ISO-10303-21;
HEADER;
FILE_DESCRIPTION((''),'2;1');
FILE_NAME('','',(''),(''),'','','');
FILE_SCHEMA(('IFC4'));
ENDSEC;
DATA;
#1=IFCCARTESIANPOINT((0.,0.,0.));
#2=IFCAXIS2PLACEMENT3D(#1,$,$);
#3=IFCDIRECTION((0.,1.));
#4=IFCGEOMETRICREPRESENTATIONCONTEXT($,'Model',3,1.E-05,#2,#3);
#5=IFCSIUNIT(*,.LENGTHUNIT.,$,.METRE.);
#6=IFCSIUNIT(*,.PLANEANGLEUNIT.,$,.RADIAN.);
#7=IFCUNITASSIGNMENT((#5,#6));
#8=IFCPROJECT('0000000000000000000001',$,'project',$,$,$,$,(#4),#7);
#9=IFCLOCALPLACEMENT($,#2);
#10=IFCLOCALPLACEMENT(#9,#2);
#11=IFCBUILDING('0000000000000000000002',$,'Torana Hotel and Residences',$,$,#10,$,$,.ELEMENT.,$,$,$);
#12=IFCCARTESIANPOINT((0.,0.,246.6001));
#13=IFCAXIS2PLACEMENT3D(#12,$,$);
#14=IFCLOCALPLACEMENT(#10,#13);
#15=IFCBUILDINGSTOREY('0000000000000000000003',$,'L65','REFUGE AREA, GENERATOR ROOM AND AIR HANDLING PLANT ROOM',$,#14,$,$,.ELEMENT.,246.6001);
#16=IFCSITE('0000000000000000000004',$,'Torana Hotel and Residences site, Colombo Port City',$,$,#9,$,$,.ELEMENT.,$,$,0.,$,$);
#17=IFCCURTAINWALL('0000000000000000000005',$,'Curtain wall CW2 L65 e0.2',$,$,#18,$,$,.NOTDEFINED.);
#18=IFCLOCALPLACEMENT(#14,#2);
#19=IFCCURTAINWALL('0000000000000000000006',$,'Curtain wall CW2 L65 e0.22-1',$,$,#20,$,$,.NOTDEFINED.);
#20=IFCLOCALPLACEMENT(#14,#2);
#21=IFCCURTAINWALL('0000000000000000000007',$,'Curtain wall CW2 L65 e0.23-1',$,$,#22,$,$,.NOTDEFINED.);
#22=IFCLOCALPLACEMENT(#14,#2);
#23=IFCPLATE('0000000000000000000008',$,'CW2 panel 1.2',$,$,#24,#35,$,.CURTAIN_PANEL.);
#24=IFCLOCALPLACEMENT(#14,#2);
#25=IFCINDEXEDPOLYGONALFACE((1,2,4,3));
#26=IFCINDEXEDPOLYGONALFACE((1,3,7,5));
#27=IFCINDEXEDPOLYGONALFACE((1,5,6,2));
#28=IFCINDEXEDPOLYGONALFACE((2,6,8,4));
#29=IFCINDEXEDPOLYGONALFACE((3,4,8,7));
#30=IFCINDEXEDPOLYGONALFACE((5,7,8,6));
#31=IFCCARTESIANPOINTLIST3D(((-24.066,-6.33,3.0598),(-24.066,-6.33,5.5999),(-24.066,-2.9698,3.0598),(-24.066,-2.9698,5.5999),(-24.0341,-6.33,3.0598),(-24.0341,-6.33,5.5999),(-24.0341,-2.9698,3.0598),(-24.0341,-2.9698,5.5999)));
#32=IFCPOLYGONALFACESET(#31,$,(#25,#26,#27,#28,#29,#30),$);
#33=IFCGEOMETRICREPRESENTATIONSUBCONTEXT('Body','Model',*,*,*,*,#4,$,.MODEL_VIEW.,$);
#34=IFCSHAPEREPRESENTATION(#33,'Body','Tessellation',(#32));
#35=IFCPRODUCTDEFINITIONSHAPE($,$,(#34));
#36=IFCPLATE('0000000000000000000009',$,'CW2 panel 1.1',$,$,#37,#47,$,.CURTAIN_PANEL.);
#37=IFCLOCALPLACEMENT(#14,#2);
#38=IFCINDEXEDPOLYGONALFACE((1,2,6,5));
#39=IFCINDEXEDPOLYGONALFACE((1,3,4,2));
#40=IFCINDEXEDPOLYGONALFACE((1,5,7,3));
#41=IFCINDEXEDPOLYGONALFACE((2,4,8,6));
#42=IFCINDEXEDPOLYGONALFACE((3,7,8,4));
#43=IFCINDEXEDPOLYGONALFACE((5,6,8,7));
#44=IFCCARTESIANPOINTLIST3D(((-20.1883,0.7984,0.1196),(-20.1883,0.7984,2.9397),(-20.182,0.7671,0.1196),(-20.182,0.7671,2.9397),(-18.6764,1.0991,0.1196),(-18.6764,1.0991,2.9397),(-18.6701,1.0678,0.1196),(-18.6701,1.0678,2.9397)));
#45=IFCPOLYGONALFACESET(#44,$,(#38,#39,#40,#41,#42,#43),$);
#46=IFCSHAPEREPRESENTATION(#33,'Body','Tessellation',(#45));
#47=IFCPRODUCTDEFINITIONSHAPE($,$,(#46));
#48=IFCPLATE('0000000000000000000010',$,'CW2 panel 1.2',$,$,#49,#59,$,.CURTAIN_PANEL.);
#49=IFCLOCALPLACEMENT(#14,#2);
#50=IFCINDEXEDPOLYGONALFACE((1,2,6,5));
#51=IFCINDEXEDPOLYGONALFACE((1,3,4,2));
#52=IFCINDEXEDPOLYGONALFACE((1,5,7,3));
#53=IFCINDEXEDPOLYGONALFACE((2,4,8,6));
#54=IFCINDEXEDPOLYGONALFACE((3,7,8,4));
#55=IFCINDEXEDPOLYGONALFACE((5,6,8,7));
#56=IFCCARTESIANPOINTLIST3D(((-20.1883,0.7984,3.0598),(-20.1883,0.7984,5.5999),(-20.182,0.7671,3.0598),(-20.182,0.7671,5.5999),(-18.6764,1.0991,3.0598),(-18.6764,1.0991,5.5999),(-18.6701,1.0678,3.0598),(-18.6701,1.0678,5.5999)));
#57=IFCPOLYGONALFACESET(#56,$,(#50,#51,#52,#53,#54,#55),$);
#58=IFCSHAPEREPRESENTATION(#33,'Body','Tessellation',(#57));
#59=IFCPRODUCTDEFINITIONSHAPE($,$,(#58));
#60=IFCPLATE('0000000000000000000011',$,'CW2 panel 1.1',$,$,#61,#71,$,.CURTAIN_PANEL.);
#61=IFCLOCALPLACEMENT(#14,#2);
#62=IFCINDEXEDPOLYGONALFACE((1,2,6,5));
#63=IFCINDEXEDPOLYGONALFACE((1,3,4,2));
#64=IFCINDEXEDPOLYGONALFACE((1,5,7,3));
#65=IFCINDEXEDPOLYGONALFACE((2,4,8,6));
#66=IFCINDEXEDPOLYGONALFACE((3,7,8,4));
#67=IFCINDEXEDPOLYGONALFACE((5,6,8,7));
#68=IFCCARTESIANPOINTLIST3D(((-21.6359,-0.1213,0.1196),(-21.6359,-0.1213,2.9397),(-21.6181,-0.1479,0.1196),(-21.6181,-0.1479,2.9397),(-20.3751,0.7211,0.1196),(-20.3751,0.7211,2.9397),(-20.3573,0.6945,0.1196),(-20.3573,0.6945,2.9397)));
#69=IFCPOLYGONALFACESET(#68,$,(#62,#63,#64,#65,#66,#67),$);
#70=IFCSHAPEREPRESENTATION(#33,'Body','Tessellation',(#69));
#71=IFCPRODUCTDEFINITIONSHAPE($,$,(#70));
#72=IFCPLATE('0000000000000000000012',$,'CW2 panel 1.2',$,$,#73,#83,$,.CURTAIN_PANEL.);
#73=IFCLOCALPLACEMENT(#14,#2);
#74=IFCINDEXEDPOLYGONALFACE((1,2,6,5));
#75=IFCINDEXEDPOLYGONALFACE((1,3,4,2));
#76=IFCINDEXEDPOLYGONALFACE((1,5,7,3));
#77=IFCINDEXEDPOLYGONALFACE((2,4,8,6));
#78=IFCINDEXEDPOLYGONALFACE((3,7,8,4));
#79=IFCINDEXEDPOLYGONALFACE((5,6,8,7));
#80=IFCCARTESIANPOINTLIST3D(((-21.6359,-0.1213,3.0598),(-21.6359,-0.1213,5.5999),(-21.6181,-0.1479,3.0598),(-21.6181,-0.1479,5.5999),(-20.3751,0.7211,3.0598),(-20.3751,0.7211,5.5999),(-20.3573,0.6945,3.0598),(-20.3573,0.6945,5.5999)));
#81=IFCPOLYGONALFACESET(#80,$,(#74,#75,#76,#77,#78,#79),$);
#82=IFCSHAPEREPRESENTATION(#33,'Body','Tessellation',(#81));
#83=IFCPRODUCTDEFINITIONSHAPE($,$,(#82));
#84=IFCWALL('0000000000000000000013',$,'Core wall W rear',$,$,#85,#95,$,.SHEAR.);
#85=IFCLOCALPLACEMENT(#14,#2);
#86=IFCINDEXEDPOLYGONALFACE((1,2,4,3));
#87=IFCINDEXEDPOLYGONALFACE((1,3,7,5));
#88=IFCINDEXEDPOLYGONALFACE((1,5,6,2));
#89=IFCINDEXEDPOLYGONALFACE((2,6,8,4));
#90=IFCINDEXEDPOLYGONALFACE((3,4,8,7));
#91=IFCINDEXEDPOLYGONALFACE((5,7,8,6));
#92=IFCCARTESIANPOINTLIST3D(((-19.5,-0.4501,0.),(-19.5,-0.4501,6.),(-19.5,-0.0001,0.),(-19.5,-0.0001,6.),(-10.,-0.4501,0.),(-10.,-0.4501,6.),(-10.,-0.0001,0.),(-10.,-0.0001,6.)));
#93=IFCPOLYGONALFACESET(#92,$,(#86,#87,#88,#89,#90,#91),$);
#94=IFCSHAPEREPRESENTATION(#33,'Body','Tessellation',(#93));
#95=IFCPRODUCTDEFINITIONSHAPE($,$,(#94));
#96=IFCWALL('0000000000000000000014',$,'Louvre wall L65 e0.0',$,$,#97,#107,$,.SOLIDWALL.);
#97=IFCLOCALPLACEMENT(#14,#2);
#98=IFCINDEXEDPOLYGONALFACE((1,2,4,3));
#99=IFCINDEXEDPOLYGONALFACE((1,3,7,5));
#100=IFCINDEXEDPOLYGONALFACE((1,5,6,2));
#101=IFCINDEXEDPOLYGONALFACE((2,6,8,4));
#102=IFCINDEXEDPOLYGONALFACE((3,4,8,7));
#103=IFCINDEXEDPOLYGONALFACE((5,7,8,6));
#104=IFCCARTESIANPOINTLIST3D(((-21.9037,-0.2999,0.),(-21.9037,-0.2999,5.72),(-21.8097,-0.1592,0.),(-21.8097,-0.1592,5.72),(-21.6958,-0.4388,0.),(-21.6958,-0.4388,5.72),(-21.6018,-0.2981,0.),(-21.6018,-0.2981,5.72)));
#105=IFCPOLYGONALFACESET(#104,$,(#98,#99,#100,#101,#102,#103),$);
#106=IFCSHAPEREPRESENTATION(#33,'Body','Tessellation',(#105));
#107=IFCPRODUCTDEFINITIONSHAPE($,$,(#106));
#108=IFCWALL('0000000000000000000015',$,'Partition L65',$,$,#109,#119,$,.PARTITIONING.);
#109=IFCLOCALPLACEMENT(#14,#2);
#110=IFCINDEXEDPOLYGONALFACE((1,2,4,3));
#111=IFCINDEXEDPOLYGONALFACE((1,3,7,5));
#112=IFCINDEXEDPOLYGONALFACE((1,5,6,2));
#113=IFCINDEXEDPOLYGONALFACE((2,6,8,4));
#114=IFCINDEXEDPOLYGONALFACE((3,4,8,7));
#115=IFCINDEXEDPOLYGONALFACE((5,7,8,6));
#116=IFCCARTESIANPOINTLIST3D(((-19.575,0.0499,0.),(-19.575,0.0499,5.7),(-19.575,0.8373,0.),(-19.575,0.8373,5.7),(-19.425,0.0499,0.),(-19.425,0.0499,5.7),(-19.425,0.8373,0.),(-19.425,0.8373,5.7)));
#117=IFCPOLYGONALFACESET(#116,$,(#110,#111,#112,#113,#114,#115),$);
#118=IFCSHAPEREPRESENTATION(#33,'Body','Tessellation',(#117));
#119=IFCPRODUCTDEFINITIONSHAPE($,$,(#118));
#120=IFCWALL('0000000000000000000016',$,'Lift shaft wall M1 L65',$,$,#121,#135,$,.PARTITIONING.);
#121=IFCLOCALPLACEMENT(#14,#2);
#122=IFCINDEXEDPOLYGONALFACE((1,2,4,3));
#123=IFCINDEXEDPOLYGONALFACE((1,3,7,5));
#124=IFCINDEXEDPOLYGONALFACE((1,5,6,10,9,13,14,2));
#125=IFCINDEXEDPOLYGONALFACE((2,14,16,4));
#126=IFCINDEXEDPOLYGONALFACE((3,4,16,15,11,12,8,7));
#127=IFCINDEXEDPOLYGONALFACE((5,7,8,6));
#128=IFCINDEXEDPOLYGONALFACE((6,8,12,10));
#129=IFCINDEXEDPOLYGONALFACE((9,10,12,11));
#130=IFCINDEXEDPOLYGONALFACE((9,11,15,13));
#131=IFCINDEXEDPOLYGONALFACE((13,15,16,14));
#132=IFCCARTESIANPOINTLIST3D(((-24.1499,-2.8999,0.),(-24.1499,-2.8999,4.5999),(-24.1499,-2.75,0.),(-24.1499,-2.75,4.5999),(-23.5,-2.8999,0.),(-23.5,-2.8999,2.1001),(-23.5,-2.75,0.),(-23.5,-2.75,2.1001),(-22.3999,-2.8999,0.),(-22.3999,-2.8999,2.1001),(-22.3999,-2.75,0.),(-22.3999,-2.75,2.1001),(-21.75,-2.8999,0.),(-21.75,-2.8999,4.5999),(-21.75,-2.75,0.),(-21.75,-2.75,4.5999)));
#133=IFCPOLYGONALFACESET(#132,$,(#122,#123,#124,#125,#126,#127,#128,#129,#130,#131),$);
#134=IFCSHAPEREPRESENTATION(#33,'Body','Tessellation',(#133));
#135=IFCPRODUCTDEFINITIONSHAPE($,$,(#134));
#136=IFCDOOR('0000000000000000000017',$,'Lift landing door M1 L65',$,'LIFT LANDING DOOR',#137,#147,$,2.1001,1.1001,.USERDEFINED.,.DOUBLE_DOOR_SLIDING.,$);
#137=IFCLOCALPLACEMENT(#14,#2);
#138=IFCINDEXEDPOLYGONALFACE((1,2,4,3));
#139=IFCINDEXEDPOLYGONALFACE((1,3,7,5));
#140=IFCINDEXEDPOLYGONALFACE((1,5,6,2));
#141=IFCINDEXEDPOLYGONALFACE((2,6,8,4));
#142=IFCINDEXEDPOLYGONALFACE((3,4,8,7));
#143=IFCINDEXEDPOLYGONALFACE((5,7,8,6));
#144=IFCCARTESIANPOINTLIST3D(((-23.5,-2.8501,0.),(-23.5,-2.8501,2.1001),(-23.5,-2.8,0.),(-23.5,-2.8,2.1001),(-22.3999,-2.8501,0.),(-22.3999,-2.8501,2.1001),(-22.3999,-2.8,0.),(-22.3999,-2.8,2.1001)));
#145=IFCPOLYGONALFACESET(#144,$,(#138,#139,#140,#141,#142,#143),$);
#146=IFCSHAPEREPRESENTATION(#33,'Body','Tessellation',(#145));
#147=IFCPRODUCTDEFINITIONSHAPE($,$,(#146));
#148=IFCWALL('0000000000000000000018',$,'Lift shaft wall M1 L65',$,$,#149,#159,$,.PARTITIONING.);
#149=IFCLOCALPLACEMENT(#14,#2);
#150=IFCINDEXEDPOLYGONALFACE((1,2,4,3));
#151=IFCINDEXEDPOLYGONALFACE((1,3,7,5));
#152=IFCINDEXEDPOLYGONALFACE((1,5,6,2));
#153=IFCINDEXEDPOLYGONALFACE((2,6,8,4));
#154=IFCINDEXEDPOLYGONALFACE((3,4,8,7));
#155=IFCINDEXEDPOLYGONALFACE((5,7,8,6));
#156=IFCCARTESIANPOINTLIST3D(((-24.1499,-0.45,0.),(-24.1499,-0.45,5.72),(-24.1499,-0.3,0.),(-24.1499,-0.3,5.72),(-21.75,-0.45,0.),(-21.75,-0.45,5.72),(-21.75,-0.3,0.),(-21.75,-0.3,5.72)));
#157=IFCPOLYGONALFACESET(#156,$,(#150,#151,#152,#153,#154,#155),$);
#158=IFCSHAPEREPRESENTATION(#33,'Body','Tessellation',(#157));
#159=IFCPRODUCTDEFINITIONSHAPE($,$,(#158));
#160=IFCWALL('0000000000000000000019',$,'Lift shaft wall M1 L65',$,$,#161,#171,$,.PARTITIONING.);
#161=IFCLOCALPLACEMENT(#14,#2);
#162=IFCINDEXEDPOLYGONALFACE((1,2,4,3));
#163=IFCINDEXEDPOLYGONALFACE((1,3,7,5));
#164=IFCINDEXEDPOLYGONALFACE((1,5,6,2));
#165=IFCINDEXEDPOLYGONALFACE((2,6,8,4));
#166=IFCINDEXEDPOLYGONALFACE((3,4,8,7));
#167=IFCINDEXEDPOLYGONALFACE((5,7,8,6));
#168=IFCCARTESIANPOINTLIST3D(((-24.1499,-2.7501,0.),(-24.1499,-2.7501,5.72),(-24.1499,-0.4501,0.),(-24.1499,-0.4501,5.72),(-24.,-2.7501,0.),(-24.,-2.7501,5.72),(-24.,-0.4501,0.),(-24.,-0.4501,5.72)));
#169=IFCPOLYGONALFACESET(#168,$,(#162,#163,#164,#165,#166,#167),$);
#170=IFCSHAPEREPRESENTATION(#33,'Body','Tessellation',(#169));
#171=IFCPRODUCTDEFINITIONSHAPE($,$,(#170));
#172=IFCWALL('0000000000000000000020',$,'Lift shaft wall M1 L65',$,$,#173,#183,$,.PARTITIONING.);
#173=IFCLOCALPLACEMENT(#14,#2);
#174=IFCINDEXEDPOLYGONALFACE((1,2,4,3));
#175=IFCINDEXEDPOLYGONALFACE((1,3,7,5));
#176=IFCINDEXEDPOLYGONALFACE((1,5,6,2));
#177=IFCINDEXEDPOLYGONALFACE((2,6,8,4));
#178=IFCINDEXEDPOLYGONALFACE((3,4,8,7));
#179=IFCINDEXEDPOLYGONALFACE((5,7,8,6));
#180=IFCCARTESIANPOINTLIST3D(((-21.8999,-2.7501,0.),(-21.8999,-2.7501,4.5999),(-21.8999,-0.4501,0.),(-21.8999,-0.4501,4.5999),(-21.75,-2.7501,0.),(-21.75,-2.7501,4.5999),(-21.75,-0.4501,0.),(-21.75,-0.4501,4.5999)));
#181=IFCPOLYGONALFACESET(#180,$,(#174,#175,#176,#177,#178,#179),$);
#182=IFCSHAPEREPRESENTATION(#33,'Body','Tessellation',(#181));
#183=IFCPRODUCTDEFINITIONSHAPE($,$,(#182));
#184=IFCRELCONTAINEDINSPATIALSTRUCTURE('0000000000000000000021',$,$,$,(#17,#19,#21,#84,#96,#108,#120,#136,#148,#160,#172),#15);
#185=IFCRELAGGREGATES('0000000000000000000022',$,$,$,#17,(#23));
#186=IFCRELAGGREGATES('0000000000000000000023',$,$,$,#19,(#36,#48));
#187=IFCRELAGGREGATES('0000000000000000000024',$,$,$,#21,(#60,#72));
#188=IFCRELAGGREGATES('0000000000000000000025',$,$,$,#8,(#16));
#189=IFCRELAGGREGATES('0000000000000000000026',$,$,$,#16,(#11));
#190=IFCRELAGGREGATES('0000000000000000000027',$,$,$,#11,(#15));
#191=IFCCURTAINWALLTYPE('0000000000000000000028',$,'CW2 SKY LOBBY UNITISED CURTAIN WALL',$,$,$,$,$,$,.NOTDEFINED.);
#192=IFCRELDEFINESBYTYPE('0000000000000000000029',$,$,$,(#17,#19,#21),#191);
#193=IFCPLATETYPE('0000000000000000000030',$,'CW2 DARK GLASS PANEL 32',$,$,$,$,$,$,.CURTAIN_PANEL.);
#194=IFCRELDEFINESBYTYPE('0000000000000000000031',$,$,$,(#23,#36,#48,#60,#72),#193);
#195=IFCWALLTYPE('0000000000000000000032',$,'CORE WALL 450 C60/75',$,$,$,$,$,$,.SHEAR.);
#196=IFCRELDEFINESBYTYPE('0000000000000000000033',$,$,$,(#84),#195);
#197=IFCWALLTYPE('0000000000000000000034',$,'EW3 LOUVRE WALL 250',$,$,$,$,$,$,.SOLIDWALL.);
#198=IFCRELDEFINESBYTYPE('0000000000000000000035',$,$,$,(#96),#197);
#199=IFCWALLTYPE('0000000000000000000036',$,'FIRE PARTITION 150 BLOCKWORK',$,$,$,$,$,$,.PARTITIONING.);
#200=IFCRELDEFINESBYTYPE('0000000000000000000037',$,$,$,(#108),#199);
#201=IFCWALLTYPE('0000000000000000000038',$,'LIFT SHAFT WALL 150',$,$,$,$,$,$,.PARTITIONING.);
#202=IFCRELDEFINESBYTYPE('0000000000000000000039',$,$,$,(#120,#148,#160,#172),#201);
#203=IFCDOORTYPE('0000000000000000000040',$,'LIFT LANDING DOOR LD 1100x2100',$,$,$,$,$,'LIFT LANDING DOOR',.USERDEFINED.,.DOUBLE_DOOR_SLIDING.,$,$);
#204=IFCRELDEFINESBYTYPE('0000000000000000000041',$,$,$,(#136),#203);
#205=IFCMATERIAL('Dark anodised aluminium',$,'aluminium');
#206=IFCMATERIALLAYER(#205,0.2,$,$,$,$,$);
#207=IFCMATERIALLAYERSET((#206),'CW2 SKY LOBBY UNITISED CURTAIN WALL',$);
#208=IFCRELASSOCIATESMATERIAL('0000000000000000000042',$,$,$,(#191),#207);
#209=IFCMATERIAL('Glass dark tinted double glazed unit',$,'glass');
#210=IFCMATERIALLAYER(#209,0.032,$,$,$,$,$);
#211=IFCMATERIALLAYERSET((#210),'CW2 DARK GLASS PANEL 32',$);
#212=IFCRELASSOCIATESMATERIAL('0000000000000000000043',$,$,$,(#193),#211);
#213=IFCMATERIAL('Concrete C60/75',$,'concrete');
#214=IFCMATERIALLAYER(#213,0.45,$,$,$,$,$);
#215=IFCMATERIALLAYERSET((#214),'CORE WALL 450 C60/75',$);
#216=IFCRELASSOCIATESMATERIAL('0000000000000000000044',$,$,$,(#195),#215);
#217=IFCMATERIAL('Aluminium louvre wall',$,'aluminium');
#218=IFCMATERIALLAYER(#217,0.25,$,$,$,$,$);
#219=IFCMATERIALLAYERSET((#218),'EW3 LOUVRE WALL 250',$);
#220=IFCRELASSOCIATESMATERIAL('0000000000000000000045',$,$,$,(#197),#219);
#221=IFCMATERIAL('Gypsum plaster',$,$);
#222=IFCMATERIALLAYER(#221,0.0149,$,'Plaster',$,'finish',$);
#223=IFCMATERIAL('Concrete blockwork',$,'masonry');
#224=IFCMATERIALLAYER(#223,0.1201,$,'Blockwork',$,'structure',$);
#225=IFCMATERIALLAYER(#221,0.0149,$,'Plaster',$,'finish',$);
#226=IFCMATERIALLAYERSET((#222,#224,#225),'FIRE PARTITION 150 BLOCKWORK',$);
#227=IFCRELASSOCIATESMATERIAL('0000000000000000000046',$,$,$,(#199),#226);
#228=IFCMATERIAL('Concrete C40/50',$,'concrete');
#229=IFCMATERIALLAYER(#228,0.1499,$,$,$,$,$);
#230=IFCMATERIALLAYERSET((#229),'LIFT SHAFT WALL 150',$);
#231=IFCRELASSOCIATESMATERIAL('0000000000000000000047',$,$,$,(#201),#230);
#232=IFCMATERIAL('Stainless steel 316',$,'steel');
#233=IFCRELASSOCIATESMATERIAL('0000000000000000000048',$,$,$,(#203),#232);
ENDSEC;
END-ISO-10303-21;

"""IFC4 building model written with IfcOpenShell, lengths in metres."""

from ifc_helpers import new_model, si_unit, direction, frame, frame_2d, origin, origin_2d, place, context, subcontext, project, spatial, rectangle, extrude, material, layer, layer_set, type_object, element, fill, aggregate, save


model = new_model("IFC4")

# Units and contexts
model_context = context("Model", 3, precision=1e-05, world=origin(), true_north=direction((0.0, 1.0)))
body_context = subcontext(model_context, "Body", "Model", "MODEL_VIEW")
ifc_project = project(units=[si_unit("LENGTHUNIT", "METRE"), si_unit("PLANEANGLEUNIT", "RADIAN")], contexts=[model_context])

# Site, building, storey
site_placement = place(None, origin())
site = spatial("IfcSite", under=ifc_project, at=site_placement, Name="Torana Hotel and Residences site, Colombo Port City", CompositionType="ELEMENT", RefElevation=0.0)
building_placement = place(site_placement, origin())
building = spatial("IfcBuilding", under=site, at=building_placement, Name="Torana Hotel and Residences", CompositionType="ELEMENT")
storey_placement = place(building_placement, frame((0.0, 0.0, 246.6001)))
storey = spatial("IfcBuildingStorey", under=building, at=storey_placement, Name="L65", Description="REFUGE AREA, GENERATOR ROOM AND AIR HANDLING PLANT ROOM", CompositionType="ELEMENT", Elevation=246.6001)

# Curtain walls
ifc_material_1 = material(Name="Dark anodised aluminium", Category="aluminium")
ifc_layer_1 = layer(ifc_material_1, 0.2)
ifc_layer_set_1 = layer_set([ifc_layer_1], Name="CW2 SKY LOBBY UNITISED CURTAIN WALL")
curtain_wall_type = type_object("IfcCurtainWallType", Name="CW2 SKY LOBBY UNITISED CURTAIN WALL", PredefinedType="NOTDEFINED", material=ifc_layer_set_1)
curtain_wall_1_placement = place(storey_placement, origin())
curtain_wall_1 = element("IfcCurtainWall", 1, at=curtain_wall_1_placement, inside=storey, type_object=curtain_wall_type, Name="Curtain wall CW2 L65 e0.2", PredefinedType="NOTDEFINED")
curtain_wall_2_placement = place(storey_placement, origin())
curtain_wall_2 = element("IfcCurtainWall", 2, at=curtain_wall_2_placement, inside=storey, type_object=curtain_wall_type, Name="Curtain wall CW2 L65 e0.22-1", PredefinedType="NOTDEFINED")

# Curtain wall
curtain_wall_3_placement = place(storey_placement, origin())
curtain_wall_3 = element("IfcCurtainWall", 3, at=curtain_wall_3_placement, inside=storey, type_object=curtain_wall_type, Name="Curtain wall CW2 L65 e0.23-1", PredefinedType="NOTDEFINED")

# Plates
ifc_material_2 = material(Name="Glass dark tinted double glazed unit", Category="glass")
ifc_layer_2 = layer(ifc_material_2, 0.032)
ifc_layer_set_2 = layer_set([ifc_layer_2], Name="CW2 DARK GLASS PANEL 32")
plate_type = type_object("IfcPlateType", Name="CW2 DARK GLASS PANEL 32", PredefinedType="CURTAIN_PANEL", material=ifc_layer_set_2)
plate_1_placement = place(storey_placement, frame((-24.05, -4.6499, 3.0598), z_axis=(0.0, 0.0, 1.0), x_axis=(0.0, -1.0, 0.0)))
plate_1 = element("IfcPlate", 4, at=plate_1_placement, type_object=plate_type, Name="CW2 panel 1.2", PredefinedType="CURTAIN_PANEL", context=body_context, shape_type="SweptSolid", body=[
    extrude(rectangle(XDim=3.3601, YDim=0.032, at=origin_2d()), origin(), (0.0, 0.0, 1.0), 2.54),
])
aggregate(curtain_wall_1, [plate_1])
plate_2_placement = place(storey_placement, frame((-19.4292, 0.9331, 0.1196), z_axis=(0.0, 0.0, 1.0), x_axis=(-0.980791, -0.195064, 0.0)))
plate_2 = element("IfcPlate", 5, at=plate_2_placement, type_object=plate_type, Name="CW2 panel 1.1", PredefinedType="CURTAIN_PANEL", context=body_context, shape_type="SweptSolid", body=[
    extrude(rectangle(XDim=1.5415, YDim=0.032, at=origin_2d()), origin(), (0.0, 0.0, 1.0), 2.8201),
])
plate_3_placement = place(storey_placement, frame((-19.4292, 0.9331, 3.0598), z_axis=(0.0, 0.0, 1.0), x_axis=(-0.980791, -0.195064, 0.0)))
plate_3 = element("IfcPlate", 6, at=plate_3_placement, type_object=plate_type, Name="CW2 panel 1.2", PredefinedType="CURTAIN_PANEL", context=body_context, shape_type="SweptSolid", body=[
    extrude(rectangle(XDim=1.5415, YDim=0.032, at=origin_2d()), origin(), (0.0, 0.0, 1.0), 2.54),
])
aggregate(curtain_wall_2, [plate_2, plate_3])
plate_4_placement = place(storey_placement, frame((-20.9966, 0.2866, 0.1196), z_axis=(0.0, 0.0, 1.0), x_axis=(-0.831474, -0.555564, 0.0)))
plate_4 = element("IfcPlate", 7, at=plate_4_placement, type_object=plate_type, Name="CW2 panel 1.1", PredefinedType="CURTAIN_PANEL", context=body_context, shape_type="SweptSolid", body=[
    extrude(rectangle(XDim=1.5164, YDim=0.032, at=origin_2d()), origin(), (0.0, 0.0, 1.0), 2.8201),
])
plate_5_placement = place(storey_placement, frame((-20.9966, 0.2866, 3.0598), z_axis=(0.0, 0.0, 1.0), x_axis=(-0.831474, -0.555564, 0.0)))
plate_5 = element("IfcPlate", 8, at=plate_5_placement, type_object=plate_type, Name="CW2 panel 1.2", PredefinedType="CURTAIN_PANEL", context=body_context, shape_type="SweptSolid", body=[
    extrude(rectangle(XDim=1.5164, YDim=0.032, at=origin_2d()), origin(), (0.0, 0.0, 1.0), 2.54),
])
aggregate(curtain_wall_3, [plate_4, plate_5])

# Walls
ifc_material_3 = material(Name="Concrete C60/75", Category="concrete")
ifc_layer_3 = layer(ifc_material_3, 0.45)
ifc_layer_set_3 = layer_set([ifc_layer_3], Name="CORE WALL 450 C60/75")
wall_type_1 = type_object("IfcWallType", Name="CORE WALL 450 C60/75", PredefinedType="SHEAR", material=ifc_layer_set_3)
wall_1_placement = place(storey_placement, frame((-19.5, -0.2251, 0.0), z_axis=(0.0, 0.0, 1.0), x_axis=(1.0, 0.0, 0.0)))
element("IfcWall", 9, at=wall_1_placement, inside=storey, type_object=wall_type_1, Name="Core wall W rear", PredefinedType="SHEAR", context=body_context, shape_type="SweptSolid", body=[
    extrude(rectangle(XDim=9.5, YDim=0.45, at=frame_2d((4.75, 0.0))), origin(), (0.0, 0.0, 1.0), 6.0),
])
ifc_material_4 = material(Name="Aluminium louvre wall", Category="aluminium")
ifc_layer_4 = layer(ifc_material_4, 0.25)
ifc_layer_set_4 = layer_set([ifc_layer_4], Name="EW3 LOUVRE WALL 250")
wall_type_2 = type_object("IfcWallType", Name="EW3 LOUVRE WALL 250", PredefinedType="SOLIDWALL", material=ifc_layer_set_4)
wall_2_placement = place(storey_placement, frame((-21.7058, -0.2288, 0.0), z_axis=(0.0, 0.0, 1.0), x_axis=(-0.555699, -0.831384, 0.0)))
element("IfcWall", 10, at=wall_2_placement, inside=storey, type_object=wall_type_2, Name="Louvre wall L65 e0.0", PredefinedType="SOLIDWALL", context=body_context, shape_type="SweptSolid", body=[
    extrude(rectangle(XDim=0.1692, YDim=0.25, at=frame_2d((0.0845, 0.0))), origin(), (0.0, 0.0, 1.0), 5.72),
])
ifc_material_5 = material(Name="Gypsum plaster")
ifc_layer_5 = layer(ifc_material_5, 0.0149, Name="Plaster", Category="finish")
ifc_material_6 = material(Name="Concrete blockwork", Category="masonry")
ifc_layer_6 = layer(ifc_material_6, 0.1201, Name="Blockwork", Category="structure")
ifc_layer_7 = layer(ifc_material_5, 0.0149, Name="Plaster", Category="finish")
ifc_layer_set_5 = layer_set([ifc_layer_5, ifc_layer_6, ifc_layer_7], Name="FIRE PARTITION 150 BLOCKWORK")
wall_type_3 = type_object("IfcWallType", Name="FIRE PARTITION 150 BLOCKWORK", PredefinedType="PARTITIONING", material=ifc_layer_set_5)
wall_3_placement = place(storey_placement, frame((-19.5, 0.05, 0.0), z_axis=(0.0, 0.0, 1.0), x_axis=(0.0, 1.0, 0.0)))
element("IfcWall", 11, at=wall_3_placement, inside=storey, type_object=wall_type_3, Name="Partition L65", PredefinedType="PARTITIONING", context=body_context, shape_type="SweptSolid", body=[
    extrude(rectangle(XDim=0.7874, YDim=0.1499, at=frame_2d((0.3936, 0.0))), origin(), (0.0, 0.0, 1.0), 5.7),
])

# Wall, opening, door
ifc_material_7 = material(Name="Concrete C40/50", Category="concrete")
ifc_layer_8 = layer(ifc_material_7, 0.1499)
ifc_layer_set_6 = layer_set([ifc_layer_8], Name="LIFT SHAFT WALL 150")
wall_type_4 = type_object("IfcWallType", Name="LIFT SHAFT WALL 150", PredefinedType="PARTITIONING", material=ifc_layer_set_6)
wall_4_placement = place(storey_placement, frame((-24.1499, -2.825, 0.0), z_axis=(0.0, 0.0, 1.0), x_axis=(1.0, 0.0, 0.0)))
wall_4 = element("IfcWall", 12, at=wall_4_placement, inside=storey, type_object=wall_type_4, Name="Lift shaft wall M1 L65", PredefinedType="PARTITIONING", context=body_context, shape_type="SweptSolid", body=[
    extrude(rectangle(XDim=2.3999, YDim=0.1499, at=frame_2d((1.2, 0.0))), origin(), (0.0, 0.0, 1.0), 4.5999),
])
opening_placement = place(wall_4_placement, frame((0.6499, 0.0, 0.0)))
opening = element("IfcOpeningElement", 13, at=opening_placement, cuts=wall_4, PredefinedType="OPENING", context=body_context, shape_type="SweptSolid", body=[
    extrude(rectangle(XDim=1.1001, YDim=2.1001, at=frame_2d((0.55, 1.05))), frame((0.0, 0.085, 0.0), z_axis=(0.0, -1.0, 0.0), x_axis=(1.0, 0.0, 0.0)), (0.0, 0.0, 1.0), 0.1699),
])
ifc_material_8 = material(Name="Stainless steel 316", Category="steel")
door_type = type_object("IfcDoorType", Name="LIFT LANDING DOOR LD 1100x2100", ElementType="LIFT LANDING DOOR", OperationType="DOUBLE_DOOR_SLIDING", PredefinedType="USERDEFINED", material=ifc_material_8)
door_placement = place(opening_placement, origin())
door = element("IfcDoor", 14, at=door_placement, inside=storey, type_object=door_type, Name="Lift landing door M1 L65", ObjectType="LIFT LANDING DOOR", OperationType="DOUBLE_DOOR_SLIDING", OverallHeight=2.1001, OverallWidth=1.1001, PredefinedType="USERDEFINED", context=body_context, shape_type="SweptSolid", body=[
    extrude(rectangle(XDim=1.1001, YDim=2.1001, at=frame_2d((0.55, 1.05))), frame((0.0, 0.0249, 0.0), z_axis=(0.0, -1.0, 0.0), x_axis=(1.0, 0.0, 0.0)), (0.0, 0.0, 1.0), 0.05),
])
fill(opening, door)

# Walls
wall_5_placement = place(storey_placement, frame((-24.1499, -0.375, 0.0), z_axis=(0.0, 0.0, 1.0), x_axis=(1.0, 0.0, 0.0)))
element("IfcWall", 15, at=wall_5_placement, inside=storey, type_object=wall_type_4, Name="Lift shaft wall M1 L65", PredefinedType="PARTITIONING", context=body_context, shape_type="SweptSolid", body=[
    extrude(rectangle(XDim=2.3999, YDim=0.1499, at=frame_2d((1.2, 0.0))), origin(), (0.0, 0.0, 1.0), 5.72),
])
wall_6_placement = place(storey_placement, frame((-24.075, -2.75, 0.0), z_axis=(0.0, 0.0, 1.0), x_axis=(0.0, 1.0, 0.0)))
element("IfcWall", 16, at=wall_6_placement, inside=storey, type_object=wall_type_4, Name="Lift shaft wall M1 L65", PredefinedType="PARTITIONING", context=body_context, shape_type="SweptSolid", body=[
    extrude(rectangle(XDim=2.3, YDim=0.1499, at=frame_2d((1.1499, 0.0))), origin(), (0.0, 0.0, 1.0), 5.72),
])
wall_7_placement = place(storey_placement, frame((-21.825, -2.75, 0.0), z_axis=(0.0, 0.0, 1.0), x_axis=(0.0, 1.0, 0.0)))
element("IfcWall", 17, at=wall_7_placement, inside=storey, type_object=wall_type_4, Name="Lift shaft wall M1 L65", PredefinedType="PARTITIONING", context=body_context, shape_type="SweptSolid", body=[
    extrude(rectangle(XDim=2.3, YDim=0.1499, at=frame_2d((1.1499, 0.0))), origin(), (0.0, 0.0, 1.0), 4.5999),
])

save(model, "model.ifc")
